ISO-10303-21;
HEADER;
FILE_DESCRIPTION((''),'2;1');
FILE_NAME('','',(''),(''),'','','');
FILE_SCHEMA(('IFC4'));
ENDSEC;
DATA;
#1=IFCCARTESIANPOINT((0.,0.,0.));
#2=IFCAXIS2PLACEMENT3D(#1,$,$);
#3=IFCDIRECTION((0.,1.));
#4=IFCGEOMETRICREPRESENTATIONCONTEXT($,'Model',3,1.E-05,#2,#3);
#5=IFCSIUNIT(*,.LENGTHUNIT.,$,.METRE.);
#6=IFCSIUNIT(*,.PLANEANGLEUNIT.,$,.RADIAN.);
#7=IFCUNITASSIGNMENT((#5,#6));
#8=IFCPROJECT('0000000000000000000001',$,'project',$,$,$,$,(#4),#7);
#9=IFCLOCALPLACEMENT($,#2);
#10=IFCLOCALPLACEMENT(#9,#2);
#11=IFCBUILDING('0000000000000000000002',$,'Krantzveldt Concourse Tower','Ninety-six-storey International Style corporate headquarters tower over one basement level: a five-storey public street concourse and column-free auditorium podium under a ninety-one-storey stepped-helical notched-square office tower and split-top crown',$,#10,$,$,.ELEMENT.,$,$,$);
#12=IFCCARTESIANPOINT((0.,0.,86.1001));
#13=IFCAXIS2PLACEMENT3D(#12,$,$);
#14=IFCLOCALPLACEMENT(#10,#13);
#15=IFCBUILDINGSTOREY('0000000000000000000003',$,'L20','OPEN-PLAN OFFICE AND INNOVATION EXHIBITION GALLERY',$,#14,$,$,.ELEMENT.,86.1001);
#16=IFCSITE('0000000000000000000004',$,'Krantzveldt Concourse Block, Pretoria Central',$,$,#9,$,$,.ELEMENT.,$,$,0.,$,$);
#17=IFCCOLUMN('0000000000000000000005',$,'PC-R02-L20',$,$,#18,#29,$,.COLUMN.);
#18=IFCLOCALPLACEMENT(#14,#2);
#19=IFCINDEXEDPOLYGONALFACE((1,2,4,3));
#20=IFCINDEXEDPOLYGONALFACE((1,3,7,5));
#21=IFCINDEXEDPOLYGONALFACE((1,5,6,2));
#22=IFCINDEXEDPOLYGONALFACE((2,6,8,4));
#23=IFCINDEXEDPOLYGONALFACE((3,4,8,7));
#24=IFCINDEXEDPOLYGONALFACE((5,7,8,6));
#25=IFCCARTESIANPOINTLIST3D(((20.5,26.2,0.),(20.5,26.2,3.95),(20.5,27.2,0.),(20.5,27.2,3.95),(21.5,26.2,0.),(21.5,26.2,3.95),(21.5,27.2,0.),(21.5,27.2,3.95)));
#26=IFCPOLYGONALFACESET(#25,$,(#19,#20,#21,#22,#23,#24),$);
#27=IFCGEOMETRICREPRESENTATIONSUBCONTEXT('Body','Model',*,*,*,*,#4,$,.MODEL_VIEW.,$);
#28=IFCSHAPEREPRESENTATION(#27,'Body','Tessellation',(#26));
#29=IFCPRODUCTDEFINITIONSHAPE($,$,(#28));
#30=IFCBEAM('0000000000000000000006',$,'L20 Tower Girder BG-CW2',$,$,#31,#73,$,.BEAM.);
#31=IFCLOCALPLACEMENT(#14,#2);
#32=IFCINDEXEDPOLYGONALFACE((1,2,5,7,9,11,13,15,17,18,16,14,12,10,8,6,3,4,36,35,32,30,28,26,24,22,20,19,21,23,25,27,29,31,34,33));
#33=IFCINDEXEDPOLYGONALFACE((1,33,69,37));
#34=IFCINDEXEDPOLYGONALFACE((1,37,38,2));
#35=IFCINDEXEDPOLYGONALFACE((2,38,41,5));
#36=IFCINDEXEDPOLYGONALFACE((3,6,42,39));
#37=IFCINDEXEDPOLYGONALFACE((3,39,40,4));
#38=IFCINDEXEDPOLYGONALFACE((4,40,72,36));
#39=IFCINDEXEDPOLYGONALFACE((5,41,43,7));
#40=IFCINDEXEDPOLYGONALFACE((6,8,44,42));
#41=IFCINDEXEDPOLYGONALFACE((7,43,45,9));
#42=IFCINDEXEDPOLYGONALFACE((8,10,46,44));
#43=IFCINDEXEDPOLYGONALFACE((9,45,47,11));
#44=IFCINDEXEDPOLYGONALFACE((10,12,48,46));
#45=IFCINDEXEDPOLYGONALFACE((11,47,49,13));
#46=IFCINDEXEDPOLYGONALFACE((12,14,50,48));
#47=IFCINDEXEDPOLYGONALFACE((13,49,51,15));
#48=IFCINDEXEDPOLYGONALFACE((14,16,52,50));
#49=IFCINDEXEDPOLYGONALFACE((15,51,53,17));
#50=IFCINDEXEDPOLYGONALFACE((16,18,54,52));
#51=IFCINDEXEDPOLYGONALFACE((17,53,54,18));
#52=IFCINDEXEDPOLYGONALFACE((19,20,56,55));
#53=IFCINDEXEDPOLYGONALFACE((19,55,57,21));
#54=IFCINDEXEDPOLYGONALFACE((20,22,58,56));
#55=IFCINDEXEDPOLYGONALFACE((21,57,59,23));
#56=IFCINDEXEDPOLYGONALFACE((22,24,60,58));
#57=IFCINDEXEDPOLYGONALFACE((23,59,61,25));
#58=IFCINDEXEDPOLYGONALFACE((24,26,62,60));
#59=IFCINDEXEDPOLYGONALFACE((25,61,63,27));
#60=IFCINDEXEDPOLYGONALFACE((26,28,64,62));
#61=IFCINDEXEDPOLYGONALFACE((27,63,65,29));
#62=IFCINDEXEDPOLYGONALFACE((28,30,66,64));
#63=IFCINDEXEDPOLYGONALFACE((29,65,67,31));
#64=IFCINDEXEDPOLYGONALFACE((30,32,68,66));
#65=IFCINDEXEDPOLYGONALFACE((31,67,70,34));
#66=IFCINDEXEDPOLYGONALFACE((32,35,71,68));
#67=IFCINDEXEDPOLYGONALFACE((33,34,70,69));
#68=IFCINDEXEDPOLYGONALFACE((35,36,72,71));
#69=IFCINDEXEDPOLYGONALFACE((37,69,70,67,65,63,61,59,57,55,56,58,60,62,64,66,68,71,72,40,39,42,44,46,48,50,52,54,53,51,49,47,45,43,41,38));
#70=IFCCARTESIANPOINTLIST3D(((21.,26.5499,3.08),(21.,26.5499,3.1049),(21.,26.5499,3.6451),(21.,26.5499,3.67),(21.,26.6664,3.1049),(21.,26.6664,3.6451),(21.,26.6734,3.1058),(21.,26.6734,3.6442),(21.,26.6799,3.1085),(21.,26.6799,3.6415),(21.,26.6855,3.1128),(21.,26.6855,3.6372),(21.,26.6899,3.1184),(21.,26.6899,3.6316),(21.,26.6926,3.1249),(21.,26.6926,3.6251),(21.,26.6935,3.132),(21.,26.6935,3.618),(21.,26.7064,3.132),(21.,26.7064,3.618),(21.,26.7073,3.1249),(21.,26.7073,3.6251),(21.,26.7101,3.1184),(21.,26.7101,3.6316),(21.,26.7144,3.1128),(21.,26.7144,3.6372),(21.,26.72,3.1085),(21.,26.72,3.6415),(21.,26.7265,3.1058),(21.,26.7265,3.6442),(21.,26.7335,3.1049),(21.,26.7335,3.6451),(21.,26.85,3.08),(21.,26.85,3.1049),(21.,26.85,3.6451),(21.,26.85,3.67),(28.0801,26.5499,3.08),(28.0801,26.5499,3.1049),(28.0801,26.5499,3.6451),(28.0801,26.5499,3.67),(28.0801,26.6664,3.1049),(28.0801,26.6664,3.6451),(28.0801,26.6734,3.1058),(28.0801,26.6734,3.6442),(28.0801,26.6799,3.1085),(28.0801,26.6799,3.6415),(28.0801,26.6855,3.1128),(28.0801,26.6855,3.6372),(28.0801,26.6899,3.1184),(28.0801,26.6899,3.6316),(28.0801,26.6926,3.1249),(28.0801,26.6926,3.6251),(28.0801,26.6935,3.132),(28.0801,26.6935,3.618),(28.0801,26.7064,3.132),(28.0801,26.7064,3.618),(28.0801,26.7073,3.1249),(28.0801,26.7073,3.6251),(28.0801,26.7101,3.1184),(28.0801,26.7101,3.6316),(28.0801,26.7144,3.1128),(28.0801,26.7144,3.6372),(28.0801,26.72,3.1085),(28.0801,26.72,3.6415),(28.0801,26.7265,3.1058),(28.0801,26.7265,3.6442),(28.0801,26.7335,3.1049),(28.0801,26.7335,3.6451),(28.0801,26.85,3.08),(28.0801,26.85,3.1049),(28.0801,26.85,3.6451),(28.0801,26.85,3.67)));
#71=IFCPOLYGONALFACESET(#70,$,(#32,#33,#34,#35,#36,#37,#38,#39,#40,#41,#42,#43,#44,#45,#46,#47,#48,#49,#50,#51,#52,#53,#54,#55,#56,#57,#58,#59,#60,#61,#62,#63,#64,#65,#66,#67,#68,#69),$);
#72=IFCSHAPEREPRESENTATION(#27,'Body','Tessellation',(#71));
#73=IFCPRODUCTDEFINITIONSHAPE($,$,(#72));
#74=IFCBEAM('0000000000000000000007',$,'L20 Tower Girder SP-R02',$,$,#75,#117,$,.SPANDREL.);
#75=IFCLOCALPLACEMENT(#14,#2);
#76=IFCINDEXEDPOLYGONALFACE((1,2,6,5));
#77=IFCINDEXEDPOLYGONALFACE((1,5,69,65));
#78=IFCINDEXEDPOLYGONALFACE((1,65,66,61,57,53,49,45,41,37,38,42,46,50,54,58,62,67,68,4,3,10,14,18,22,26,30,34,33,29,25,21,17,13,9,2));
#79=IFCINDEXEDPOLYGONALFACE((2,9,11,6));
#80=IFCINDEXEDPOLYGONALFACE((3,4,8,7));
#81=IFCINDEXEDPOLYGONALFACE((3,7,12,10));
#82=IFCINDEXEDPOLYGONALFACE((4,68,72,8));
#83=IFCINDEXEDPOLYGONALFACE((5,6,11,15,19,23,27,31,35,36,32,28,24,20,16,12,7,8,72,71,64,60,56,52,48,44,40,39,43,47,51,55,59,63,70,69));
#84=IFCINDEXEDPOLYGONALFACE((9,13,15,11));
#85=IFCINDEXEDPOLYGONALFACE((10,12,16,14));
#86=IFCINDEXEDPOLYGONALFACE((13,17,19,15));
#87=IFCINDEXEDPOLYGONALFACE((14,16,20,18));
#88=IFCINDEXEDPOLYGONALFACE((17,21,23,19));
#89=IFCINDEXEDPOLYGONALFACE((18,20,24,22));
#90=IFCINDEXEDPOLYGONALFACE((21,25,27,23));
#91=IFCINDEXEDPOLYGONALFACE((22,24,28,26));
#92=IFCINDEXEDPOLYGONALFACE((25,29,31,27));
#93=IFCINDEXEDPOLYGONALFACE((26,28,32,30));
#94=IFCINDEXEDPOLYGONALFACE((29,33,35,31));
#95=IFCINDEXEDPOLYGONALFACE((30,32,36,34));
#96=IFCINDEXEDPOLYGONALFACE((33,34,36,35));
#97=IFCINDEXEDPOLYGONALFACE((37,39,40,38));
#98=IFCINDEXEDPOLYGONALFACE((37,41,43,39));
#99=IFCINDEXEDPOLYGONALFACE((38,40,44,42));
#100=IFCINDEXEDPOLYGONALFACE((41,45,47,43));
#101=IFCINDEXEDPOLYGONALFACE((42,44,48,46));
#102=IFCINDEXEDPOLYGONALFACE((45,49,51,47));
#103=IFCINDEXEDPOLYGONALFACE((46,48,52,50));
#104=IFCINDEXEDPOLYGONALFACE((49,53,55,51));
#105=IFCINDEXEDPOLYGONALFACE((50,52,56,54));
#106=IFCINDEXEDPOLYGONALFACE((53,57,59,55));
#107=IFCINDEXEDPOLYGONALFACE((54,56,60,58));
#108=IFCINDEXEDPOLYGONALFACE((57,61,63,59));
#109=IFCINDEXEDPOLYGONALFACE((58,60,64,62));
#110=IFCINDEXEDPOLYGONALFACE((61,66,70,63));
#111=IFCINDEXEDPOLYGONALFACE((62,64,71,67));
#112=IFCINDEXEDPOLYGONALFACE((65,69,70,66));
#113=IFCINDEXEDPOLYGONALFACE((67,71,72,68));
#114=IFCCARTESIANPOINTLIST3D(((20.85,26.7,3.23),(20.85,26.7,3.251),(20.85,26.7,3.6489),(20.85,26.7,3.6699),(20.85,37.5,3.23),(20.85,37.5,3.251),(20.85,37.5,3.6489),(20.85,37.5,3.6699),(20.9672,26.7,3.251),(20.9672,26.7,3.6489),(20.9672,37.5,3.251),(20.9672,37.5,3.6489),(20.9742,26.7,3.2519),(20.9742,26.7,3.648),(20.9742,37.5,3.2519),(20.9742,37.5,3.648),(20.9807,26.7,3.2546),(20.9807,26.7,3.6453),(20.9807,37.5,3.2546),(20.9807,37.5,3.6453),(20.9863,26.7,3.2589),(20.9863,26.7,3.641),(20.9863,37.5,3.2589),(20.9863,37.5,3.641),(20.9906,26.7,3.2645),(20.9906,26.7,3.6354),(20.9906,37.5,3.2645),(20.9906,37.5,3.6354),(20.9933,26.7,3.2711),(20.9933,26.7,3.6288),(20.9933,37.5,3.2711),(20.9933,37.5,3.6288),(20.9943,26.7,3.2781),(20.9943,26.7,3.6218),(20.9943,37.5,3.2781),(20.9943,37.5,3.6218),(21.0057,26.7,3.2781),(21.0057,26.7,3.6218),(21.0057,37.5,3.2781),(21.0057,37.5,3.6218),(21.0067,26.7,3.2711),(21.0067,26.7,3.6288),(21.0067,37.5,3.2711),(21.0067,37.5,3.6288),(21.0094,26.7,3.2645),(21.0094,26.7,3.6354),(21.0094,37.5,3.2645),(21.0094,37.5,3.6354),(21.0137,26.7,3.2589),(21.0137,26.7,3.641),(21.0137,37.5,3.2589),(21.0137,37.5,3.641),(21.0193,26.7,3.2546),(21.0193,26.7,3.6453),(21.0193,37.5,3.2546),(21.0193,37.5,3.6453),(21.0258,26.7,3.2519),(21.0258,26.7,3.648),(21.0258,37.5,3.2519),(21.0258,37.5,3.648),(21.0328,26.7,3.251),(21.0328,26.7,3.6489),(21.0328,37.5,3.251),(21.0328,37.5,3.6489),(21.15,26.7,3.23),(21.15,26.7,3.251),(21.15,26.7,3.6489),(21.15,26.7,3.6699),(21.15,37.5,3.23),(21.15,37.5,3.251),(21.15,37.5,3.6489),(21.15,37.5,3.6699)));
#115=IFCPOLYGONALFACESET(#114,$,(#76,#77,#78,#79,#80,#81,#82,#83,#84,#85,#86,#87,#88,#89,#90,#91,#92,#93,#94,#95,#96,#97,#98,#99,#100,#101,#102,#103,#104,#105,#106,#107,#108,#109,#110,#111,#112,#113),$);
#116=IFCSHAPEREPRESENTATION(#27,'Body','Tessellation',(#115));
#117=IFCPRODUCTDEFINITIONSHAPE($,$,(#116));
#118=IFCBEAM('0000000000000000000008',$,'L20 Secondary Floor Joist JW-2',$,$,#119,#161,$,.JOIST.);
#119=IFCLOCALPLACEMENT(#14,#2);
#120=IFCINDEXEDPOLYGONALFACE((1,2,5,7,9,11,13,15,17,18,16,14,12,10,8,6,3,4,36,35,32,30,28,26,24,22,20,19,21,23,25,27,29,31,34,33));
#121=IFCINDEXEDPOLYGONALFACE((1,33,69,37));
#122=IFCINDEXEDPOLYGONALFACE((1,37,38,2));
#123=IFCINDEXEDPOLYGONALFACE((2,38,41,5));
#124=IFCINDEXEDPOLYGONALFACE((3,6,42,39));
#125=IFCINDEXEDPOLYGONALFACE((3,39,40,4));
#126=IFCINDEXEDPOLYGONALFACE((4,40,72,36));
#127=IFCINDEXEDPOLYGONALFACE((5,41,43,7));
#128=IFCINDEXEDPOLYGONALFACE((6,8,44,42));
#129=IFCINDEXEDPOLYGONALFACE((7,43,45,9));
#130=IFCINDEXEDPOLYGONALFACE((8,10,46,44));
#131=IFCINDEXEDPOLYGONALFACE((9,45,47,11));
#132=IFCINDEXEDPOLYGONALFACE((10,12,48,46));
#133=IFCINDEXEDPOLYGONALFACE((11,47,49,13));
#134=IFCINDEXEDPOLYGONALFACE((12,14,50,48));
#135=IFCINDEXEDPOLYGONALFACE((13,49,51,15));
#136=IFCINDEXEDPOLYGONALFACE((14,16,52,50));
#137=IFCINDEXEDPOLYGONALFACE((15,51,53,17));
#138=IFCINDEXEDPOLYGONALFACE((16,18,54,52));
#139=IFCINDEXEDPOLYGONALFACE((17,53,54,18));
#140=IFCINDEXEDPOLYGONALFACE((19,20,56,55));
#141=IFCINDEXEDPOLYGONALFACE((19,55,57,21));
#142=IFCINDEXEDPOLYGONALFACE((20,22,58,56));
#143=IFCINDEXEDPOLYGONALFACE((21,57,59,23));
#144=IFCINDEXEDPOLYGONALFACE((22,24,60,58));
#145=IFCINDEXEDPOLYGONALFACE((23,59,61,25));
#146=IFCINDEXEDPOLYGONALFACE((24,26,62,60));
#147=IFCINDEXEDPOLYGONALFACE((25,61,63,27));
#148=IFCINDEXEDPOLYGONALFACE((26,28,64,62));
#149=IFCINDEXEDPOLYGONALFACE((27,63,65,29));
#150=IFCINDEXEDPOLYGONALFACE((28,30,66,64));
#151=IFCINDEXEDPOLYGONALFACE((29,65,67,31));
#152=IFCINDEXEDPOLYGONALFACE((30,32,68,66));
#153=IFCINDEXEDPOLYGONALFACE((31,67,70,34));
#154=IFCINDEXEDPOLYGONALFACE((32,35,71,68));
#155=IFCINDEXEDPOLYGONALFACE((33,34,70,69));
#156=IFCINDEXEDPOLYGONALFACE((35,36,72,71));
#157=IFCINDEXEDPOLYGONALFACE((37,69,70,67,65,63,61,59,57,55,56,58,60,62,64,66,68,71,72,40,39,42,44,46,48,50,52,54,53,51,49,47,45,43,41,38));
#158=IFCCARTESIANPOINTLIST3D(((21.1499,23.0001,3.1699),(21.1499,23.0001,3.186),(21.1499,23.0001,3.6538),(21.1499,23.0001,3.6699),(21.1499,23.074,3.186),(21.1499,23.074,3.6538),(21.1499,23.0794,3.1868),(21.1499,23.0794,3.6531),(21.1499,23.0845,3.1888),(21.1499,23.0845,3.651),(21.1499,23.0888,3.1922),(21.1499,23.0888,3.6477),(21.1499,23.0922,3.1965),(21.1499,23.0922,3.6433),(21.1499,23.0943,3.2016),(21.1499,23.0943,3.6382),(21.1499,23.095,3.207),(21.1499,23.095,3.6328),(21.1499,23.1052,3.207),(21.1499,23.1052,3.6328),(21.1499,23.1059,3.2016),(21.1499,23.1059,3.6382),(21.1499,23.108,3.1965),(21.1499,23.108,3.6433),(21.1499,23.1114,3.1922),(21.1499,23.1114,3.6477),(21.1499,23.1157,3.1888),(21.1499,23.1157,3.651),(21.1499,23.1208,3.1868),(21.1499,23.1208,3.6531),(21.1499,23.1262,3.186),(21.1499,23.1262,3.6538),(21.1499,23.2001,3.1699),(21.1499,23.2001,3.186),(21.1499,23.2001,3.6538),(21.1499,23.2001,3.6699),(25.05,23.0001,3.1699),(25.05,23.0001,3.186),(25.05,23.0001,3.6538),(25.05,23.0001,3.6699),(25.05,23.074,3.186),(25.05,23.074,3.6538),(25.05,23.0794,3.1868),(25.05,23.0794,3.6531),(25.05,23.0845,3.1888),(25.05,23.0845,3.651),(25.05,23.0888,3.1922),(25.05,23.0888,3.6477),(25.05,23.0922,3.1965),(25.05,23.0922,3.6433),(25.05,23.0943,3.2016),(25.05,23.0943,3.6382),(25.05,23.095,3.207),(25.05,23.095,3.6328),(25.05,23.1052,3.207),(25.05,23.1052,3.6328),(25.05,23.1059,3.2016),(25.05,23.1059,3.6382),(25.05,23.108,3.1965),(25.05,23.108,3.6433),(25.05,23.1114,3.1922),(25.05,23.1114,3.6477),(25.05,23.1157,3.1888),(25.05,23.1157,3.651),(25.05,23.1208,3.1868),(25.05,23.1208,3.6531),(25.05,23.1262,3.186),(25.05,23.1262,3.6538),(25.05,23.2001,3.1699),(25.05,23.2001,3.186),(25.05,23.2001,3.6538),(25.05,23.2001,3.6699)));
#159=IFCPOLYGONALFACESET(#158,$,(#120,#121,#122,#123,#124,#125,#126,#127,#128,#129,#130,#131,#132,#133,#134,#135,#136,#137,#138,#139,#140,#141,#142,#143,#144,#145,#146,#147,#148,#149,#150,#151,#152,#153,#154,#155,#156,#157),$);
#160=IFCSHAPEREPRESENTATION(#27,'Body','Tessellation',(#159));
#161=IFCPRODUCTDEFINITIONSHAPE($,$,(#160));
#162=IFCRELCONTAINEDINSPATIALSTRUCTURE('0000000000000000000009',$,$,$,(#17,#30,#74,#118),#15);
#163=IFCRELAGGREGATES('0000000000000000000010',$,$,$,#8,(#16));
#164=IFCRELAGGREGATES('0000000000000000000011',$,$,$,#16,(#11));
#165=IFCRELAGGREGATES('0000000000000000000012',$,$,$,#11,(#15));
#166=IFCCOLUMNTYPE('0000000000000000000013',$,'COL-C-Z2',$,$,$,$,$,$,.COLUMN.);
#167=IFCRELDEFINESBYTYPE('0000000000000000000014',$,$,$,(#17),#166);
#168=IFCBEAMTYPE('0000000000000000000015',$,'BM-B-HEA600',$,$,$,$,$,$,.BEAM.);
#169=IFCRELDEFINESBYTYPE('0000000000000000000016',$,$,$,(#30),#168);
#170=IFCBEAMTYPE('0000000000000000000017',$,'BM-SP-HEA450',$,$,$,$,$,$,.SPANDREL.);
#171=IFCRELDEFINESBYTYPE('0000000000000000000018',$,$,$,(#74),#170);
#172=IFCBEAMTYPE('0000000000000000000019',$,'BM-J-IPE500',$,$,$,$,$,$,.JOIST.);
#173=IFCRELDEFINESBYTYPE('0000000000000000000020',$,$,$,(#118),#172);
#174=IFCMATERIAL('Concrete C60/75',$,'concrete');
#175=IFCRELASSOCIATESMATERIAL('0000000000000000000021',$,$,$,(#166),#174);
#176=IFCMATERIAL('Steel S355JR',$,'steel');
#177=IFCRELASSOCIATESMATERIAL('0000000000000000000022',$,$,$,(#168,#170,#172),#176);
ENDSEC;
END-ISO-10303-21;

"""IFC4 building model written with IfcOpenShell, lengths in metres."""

from ifc_helpers import new_model, si_unit, direction, frame, origin, origin_2d, place, context, subcontext, project, spatial, rectangle, i_section, extrude, source, transform, mapped, material, material_profile, profile_set, type_object, type_shapes, element, save


model = new_model("IFC4")

# Units and contexts
model_context = context("Model", 3, precision=1e-05, world=origin(), true_north=direction((0.0, 1.0)))
body_context = subcontext(model_context, "Body", "Model", "MODEL_VIEW")
ifc_project = project(units=[si_unit("LENGTHUNIT", "METRE"), si_unit("PLANEANGLEUNIT", "RADIAN")], contexts=[model_context])

# Site, building, storey
site_placement = place(None, origin())
site = spatial("IfcSite", under=ifc_project, at=site_placement, Name="Krantzveldt Concourse Block, Pretoria Central", CompositionType="ELEMENT", RefElevation=0.0)
building_placement = place(site_placement, origin())
building = spatial("IfcBuilding", under=site, at=building_placement, Name="Krantzveldt Concourse Tower", Description="Ninety-six-storey International Style corporate headquarters tower over one basement level: a five-storey public street concourse and column-free auditorium podium under a ninety-one-storey stepped-helical notched-square office tower and split-top crown", CompositionType="ELEMENT")
storey_placement = place(building_placement, frame((0.0, 0.0, 86.1001)))
storey = spatial("IfcBuildingStorey", under=building, at=storey_placement, Name="L20", Description="OPEN-PLAN OFFICE AND INNOVATION EXHIBITION GALLERY", CompositionType="ELEMENT", Elevation=86.1001)

# Column
ifc_material_1 = material(Name="Concrete C60/75", Category="concrete")
ifc_material_profile_1 = material_profile(ifc_material_1, rectangle(XDim=1.0, YDim=1.0, at=origin_2d()), Name="Concrete C60/75", Category="concrete")
ifc_profile_set_1 = profile_set([ifc_material_profile_1], Name="Concrete C60/75 - RC 1000x1000")
column_type = type_object("IfcColumnType", Name="COL-C-Z2", PredefinedType="COLUMN", material=ifc_profile_set_1)
shared_shape_1 = source(origin(), body_context, "Body", "SweptSolid", [
    extrude(rectangle(XDim=1.0, YDim=1.0, at=origin_2d()), origin(), (0.0, 0.0, 1.0), 3.95),
])
type_shapes(column_type, [shared_shape_1])
column_placement = place(storey_placement, frame((21.0, 26.7, 0.0), z_axis=(0.0, 0.0, 1.0), x_axis=(1.0, 0.0, 0.0)))
element("IfcColumn", 1, at=column_placement, inside=storey, type_object=column_type, Name="PC-R02-L20", PredefinedType="COLUMN", context=body_context, shape_type="MappedRepresentation", body=[
    mapped(shared_shape_1, transform((0.0, 0.0, 0.0), x_axis=(1.0, 0.0, 0.0), y_axis=(0.0, 1.0, 0.0), z_axis=(0.0, 0.0, 1.0), scale=1.0)),
])

# Beams
ifc_material_2 = material(Name="Steel S355JR", Category="steel")
ifc_material_profile_2 = material_profile(ifc_material_2, i_section(OverallWidth=0.3, OverallDepth=0.5901, WebThickness=0.0129, FlangeThickness=0.0249, FilletRadius=0.0271, at=origin_2d()), Name="Steel S355JR", Category="steel")
ifc_profile_set_2 = profile_set([ifc_material_profile_2], Name="Steel S355JR - HEA 600")
beam_type_1 = type_object("IfcBeamType", Name="BM-B-HEA600", PredefinedType="BEAM", material=ifc_profile_set_2)
shared_shape_2 = source(origin(), body_context, "Body", "SweptSolid", [
    extrude(i_section(OverallWidth=0.3, OverallDepth=0.5901, WebThickness=0.0129, FlangeThickness=0.0249, FilletRadius=0.0271, at=origin_2d()), origin(), (0.0, 0.0, 1.0), 7.0801),
])
type_shapes(beam_type_1, [shared_shape_2])
beam_1_placement = place(storey_placement, frame((21.0, 26.7, 3.375), z_axis=(1.0, 0.0, 0.0), x_axis=(0.0, 1.0, 0.0)))
element("IfcBeam", 2, at=beam_1_placement, inside=storey, type_object=beam_type_1, Name="L20 Tower Girder BG-CW2", PredefinedType="BEAM", context=body_context, shape_type="MappedRepresentation", body=[
    mapped(shared_shape_2, transform((0.0, 0.0, 0.0), x_axis=(1.0, 0.0, 0.0), y_axis=(0.0, 1.0, 0.0), z_axis=(0.0, 0.0, 1.0), scale=1.0)),
])
ifc_material_profile_3 = material_profile(ifc_material_2, i_section(OverallWidth=0.3, OverallDepth=0.4399, WebThickness=0.0115, FlangeThickness=0.021, FilletRadius=0.0271, at=origin_2d()), Name="Steel S355JR", Category="steel")
ifc_profile_set_3 = profile_set([ifc_material_profile_3], Name="Steel S355JR - HEA 450")
beam_type_2 = type_object("IfcBeamType", Name="BM-SP-HEA450", PredefinedType="SPANDREL", material=ifc_profile_set_3)
shared_shape_3 = source(origin(), body_context, "Body", "SweptSolid", [
    extrude(i_section(OverallWidth=0.3, OverallDepth=0.4399, WebThickness=0.0115, FlangeThickness=0.021, FilletRadius=0.0271, at=origin_2d()), origin(), (0.0, 0.0, 1.0), 10.8),
])
type_shapes(beam_type_2, [shared_shape_3])
beam_2_placement = place(storey_placement, frame((21.0, 26.7, 3.45), z_axis=(0.0, 1.0, 0.0), x_axis=(-1.0, 0.0, 0.0)))
element("IfcBeam", 3, at=beam_2_placement, inside=storey, type_object=beam_type_2, Name="L20 Tower Girder SP-R02", PredefinedType="SPANDREL", context=body_context, shape_type="MappedRepresentation", body=[
    mapped(shared_shape_3, transform((0.0, 0.0, 0.0), x_axis=(1.0, 0.0, 0.0), y_axis=(0.0, 1.0, 0.0), z_axis=(0.0, 0.0, 1.0), scale=1.0)),
])
ifc_material_profile_4 = material_profile(ifc_material_2, i_section(OverallWidth=0.2, OverallDepth=0.5, WebThickness=0.0103, FlangeThickness=0.0161, FilletRadius=0.021, at=origin_2d()), Name="Steel S355JR", Category="steel")
ifc_profile_set_4 = profile_set([ifc_material_profile_4], Name="Steel S355JR - IPE 500")
beam_type_3 = type_object("IfcBeamType", Name="BM-J-IPE500", PredefinedType="JOIST", material=ifc_profile_set_4)
shared_shape_4 = source(origin(), body_context, "Body", "SweptSolid", [
    extrude(i_section(OverallWidth=0.2, OverallDepth=0.5, WebThickness=0.0103, FlangeThickness=0.0161, FilletRadius=0.021, at=origin_2d()), origin(), (0.0, 0.0, 1.0), 3.9001),
])
type_shapes(beam_type_3, [shared_shape_4])
beam_3_placement = place(storey_placement, frame((21.1499, 23.1001, 3.4199), z_axis=(1.0, 0.0, 0.0), x_axis=(0.0, 1.0, 0.0)))
element("IfcBeam", 4, at=beam_3_placement, inside=storey, type_object=beam_type_3, Name="L20 Secondary Floor Joist JW-2", PredefinedType="JOIST", context=body_context, shape_type="MappedRepresentation", body=[
    mapped(shared_shape_4, transform((0.0, 0.0, 0.0), x_axis=(1.0, 0.0, 0.0), y_axis=(0.0, 1.0, 0.0), z_axis=(0.0, 0.0, 1.0), scale=1.0)),
])

save(model, "model.ifc")
